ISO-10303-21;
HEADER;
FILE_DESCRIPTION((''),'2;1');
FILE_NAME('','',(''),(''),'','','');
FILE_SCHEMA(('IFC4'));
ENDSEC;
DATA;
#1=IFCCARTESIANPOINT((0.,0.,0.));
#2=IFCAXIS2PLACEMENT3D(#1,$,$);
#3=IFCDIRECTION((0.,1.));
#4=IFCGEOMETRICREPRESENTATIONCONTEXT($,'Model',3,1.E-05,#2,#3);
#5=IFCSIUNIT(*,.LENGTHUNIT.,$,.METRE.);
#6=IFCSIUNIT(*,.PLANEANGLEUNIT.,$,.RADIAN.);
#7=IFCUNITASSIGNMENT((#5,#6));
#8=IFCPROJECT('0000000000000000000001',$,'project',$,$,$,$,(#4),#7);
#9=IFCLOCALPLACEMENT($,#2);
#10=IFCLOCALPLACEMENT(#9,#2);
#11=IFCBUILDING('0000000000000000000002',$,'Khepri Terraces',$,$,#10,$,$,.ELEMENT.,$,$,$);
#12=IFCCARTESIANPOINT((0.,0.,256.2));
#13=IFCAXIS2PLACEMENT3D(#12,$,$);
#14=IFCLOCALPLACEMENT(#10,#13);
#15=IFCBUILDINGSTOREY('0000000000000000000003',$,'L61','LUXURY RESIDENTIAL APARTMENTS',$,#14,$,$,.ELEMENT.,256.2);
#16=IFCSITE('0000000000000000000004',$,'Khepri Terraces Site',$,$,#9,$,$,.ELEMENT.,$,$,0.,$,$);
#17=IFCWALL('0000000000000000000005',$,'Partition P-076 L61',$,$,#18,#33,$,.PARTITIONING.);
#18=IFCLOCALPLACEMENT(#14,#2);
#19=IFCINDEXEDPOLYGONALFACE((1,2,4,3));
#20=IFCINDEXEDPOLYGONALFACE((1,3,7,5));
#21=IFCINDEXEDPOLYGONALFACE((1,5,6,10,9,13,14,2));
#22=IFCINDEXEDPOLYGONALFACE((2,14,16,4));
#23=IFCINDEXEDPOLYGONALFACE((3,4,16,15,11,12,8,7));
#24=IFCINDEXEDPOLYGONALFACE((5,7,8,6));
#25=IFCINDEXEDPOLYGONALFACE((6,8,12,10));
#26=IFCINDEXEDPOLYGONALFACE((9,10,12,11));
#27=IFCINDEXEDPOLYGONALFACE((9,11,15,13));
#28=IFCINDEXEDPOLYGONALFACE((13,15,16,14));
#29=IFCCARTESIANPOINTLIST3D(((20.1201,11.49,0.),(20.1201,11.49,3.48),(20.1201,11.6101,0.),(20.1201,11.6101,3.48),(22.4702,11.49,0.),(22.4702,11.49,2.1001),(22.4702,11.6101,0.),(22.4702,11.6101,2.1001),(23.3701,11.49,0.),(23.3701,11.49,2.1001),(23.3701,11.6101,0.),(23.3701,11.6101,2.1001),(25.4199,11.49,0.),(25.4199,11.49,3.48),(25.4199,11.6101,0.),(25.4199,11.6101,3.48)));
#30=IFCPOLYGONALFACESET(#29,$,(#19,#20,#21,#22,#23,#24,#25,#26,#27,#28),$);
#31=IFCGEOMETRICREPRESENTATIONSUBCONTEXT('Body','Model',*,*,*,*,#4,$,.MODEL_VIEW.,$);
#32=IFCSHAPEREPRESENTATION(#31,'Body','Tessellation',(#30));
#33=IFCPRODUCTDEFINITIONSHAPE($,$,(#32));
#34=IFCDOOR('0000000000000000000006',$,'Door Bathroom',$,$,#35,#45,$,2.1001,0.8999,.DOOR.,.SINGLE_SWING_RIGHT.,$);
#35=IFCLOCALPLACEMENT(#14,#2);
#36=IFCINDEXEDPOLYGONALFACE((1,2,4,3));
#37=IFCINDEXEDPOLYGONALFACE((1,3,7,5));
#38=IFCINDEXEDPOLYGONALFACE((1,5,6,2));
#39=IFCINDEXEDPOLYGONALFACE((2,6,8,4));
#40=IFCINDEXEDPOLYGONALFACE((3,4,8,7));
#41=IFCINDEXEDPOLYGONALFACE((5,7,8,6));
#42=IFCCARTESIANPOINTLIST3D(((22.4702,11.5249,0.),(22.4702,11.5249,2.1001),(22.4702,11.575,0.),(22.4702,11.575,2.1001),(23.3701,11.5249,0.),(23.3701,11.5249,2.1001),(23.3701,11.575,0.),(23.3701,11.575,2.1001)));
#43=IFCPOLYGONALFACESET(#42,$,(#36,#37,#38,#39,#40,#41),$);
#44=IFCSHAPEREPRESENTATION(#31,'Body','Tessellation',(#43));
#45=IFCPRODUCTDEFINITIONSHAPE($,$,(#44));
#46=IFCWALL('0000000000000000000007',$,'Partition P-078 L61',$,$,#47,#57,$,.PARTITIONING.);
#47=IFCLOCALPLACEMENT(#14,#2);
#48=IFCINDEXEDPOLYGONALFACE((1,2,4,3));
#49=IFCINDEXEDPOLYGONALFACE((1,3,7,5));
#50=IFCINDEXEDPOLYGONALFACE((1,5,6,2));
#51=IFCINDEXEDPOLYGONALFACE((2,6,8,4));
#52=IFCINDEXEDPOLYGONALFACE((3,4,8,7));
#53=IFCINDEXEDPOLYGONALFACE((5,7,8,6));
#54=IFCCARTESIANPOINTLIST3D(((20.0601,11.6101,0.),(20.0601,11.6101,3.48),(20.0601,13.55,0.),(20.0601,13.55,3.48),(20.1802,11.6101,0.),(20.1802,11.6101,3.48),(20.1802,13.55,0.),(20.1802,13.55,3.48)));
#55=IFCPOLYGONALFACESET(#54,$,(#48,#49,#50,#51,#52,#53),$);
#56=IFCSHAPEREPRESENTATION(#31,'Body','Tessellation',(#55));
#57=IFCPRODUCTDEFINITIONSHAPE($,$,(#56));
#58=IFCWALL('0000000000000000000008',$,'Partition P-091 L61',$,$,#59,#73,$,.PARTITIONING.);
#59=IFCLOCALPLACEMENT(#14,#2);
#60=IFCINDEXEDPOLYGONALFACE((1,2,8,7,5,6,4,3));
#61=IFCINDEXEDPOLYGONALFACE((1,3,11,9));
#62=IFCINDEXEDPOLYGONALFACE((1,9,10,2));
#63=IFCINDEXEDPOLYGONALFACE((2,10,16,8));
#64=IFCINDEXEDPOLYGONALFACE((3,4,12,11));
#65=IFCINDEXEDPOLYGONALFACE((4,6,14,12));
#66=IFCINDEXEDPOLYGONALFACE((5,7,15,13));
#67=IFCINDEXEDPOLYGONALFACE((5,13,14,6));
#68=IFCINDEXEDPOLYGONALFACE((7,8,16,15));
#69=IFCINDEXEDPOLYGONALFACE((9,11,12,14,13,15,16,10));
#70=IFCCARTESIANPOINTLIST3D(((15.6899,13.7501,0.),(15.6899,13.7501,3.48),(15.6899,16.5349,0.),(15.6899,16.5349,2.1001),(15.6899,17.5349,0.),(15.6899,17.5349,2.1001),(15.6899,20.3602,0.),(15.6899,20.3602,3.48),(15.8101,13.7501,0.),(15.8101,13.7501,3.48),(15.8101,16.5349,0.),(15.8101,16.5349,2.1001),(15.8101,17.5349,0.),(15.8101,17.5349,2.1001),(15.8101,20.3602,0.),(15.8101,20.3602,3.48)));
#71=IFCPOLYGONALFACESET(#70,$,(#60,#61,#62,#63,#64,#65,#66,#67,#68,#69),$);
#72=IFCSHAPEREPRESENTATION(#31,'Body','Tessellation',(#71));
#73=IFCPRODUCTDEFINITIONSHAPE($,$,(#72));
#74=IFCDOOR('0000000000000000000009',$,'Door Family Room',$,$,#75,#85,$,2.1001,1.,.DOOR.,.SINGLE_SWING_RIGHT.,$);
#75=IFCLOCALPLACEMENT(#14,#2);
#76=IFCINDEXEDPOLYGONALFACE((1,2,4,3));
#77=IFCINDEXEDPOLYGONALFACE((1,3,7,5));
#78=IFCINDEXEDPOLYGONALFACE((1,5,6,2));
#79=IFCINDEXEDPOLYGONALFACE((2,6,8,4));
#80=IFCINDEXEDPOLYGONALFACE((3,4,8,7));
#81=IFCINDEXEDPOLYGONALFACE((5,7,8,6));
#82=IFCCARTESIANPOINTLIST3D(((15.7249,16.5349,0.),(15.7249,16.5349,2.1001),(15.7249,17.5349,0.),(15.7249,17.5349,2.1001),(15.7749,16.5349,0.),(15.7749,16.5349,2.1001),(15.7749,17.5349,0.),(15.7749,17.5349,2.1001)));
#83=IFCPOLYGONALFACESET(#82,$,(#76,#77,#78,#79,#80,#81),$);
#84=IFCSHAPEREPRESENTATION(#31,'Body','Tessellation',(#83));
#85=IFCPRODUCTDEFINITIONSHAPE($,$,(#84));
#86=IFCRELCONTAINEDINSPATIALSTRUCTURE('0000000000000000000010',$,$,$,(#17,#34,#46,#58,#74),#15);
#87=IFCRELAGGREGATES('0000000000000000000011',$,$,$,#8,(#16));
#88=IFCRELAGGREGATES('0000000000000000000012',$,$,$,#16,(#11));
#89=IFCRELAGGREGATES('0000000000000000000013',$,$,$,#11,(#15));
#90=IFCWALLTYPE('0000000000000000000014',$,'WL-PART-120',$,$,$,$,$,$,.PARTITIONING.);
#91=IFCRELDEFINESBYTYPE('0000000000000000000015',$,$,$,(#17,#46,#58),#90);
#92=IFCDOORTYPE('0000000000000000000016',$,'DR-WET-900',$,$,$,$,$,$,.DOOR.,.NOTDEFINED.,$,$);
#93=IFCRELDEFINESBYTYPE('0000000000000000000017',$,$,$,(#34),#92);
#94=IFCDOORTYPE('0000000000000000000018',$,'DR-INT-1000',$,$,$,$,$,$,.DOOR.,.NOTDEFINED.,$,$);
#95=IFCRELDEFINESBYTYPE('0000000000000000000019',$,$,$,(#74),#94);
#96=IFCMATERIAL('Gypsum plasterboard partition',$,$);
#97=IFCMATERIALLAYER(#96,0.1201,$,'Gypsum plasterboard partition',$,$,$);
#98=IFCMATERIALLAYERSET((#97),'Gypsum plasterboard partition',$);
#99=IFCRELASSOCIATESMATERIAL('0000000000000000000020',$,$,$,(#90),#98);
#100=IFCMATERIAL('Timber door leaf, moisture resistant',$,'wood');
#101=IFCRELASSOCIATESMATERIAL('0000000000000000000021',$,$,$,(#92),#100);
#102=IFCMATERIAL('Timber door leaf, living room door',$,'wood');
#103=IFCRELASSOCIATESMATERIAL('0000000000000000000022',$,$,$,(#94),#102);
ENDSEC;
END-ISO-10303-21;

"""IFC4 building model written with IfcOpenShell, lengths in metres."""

from ifc_helpers import new_model, si_unit, direction, frame, frame_2d, origin, place, context, subcontext, project, spatial, rectangle, extrude, material, layer, layer_set, type_object, element, fill, save


model = new_model("IFC4")

# Units and contexts
model_context = context("Model", 3, precision=1e-05, world=origin(), true_north=direction((0.0, 1.0)))
body_context = subcontext(model_context, "Body", "Model", "MODEL_VIEW")
ifc_project = project(units=[si_unit("LENGTHUNIT", "METRE"), si_unit("PLANEANGLEUNIT", "RADIAN")], contexts=[model_context])

# Site, building, storey
site_placement = place(None, origin())
site = spatial("IfcSite", under=ifc_project, at=site_placement, Name="Khepri Terraces Site", CompositionType="ELEMENT", RefElevation=0.0)
building_placement = place(site_placement, origin())
building = spatial("IfcBuilding", under=site, at=building_placement, Name="Khepri Terraces", CompositionType="ELEMENT")
storey_placement = place(building_placement, frame((0.0, 0.0, 256.2)))
storey = spatial("IfcBuildingStorey", under=building, at=storey_placement, Name="L61", Description="LUXURY RESIDENTIAL APARTMENTS", CompositionType="ELEMENT", Elevation=256.2)

# Wall, opening, door
ifc_material_1 = material(Name="Gypsum plasterboard partition")
ifc_layer_1 = layer(ifc_material_1, 0.1201, Name="Gypsum plasterboard partition")
ifc_layer_set_1 = layer_set([ifc_layer_1], Name="Gypsum plasterboard partition")
wall_type_1 = type_object("IfcWallType", Name="WL-PART-120", PredefinedType="PARTITIONING", material=ifc_layer_set_1)
wall_1_placement = place(storey_placement, frame((20.1201, 11.55, 0.0), z_axis=(0.0, 0.0, 1.0), x_axis=(1.0, 0.0, 0.0)))
wall_1 = element("IfcWall", 1, at=wall_1_placement, inside=storey, type_object=wall_type_1, Name="Partition P-076 L61", PredefinedType="PARTITIONING", context=body_context, shape_type="SweptSolid", body=[
    extrude(rectangle(XDim=5.2998, YDim=0.1201, at=frame_2d((2.6499, 0.0))), origin(), (0.0, 0.0, 1.0), 3.48),
])
opening_1_placement = place(wall_1_placement, frame((2.3501, 0.0, 0.0)))
opening_1 = element("IfcOpeningElement", 2, at=opening_1_placement, cuts=wall_1, PredefinedType="OPENING", context=body_context, shape_type="SweptSolid", body=[
    extrude(rectangle(XDim=0.8999, YDim=2.1001, at=frame_2d((0.45, 1.05))), frame((0.0, 0.0701, 0.0), z_axis=(0.0, -1.0, 0.0), x_axis=(1.0, 0.0, 0.0)), (0.0, 0.0, 1.0), 0.1401),
])
ifc_material_2 = material(Name="Timber door leaf, moisture resistant", Category="wood")
door_type_1 = type_object("IfcDoorType", Name="DR-WET-900", OperationType="NOTDEFINED", PredefinedType="DOOR", material=ifc_material_2)
door_1_placement = place(opening_1_placement, origin())
door_1 = element("IfcDoor", 3, at=door_1_placement, inside=storey, type_object=door_type_1, Name="Door Bathroom", OperationType="SINGLE_SWING_RIGHT", OverallHeight=2.1001, OverallWidth=0.8999, PredefinedType="DOOR", context=body_context, shape_type="SweptSolid", body=[
    extrude(rectangle(XDim=0.8999, YDim=2.1001, at=frame_2d((0.45, 1.05))), frame((0.0, 0.0249, 0.0), z_axis=(0.0, -1.0, 0.0), x_axis=(1.0, 0.0, 0.0)), (0.0, 0.0, 1.0), 0.05),
])
fill(opening_1, door_1)

# Wall
wall_2_placement = place(storey_placement, frame((20.1201, 11.6101, 0.0), z_axis=(0.0, 0.0, 1.0), x_axis=(0.0, 1.0, 0.0)))
element("IfcWall", 4, at=wall_2_placement, inside=storey, type_object=wall_type_1, Name="Partition P-078 L61", PredefinedType="PARTITIONING", context=body_context, shape_type="SweptSolid", body=[
    extrude(rectangle(XDim=1.9399, YDim=0.1201, at=frame_2d((0.97, 0.0))), origin(), (0.0, 0.0, 1.0), 3.48),
])

# Wall, opening, door
wall_3_placement = place(storey_placement, frame((15.75, 13.75, 0.0), z_axis=(0.0, 0.0, 1.0), x_axis=(0.0, 1.0, 0.0)))
wall_3 = element("IfcWall", 5, at=wall_3_placement, inside=storey, type_object=wall_type_1, Name="Partition P-091 L61", PredefinedType="PARTITIONING", context=body_context, shape_type="SweptSolid", body=[
    extrude(rectangle(XDim=6.6101, YDim=0.1201, at=frame_2d((3.3052, 0.0))), origin(), (0.0, 0.0, 1.0), 3.48),
])
opening_2_placement = place(wall_3_placement, frame((2.7849, 0.0, 0.0)))
opening_2 = element("IfcOpeningElement", 6, at=opening_2_placement, cuts=wall_3, PredefinedType="OPENING", context=body_context, shape_type="SweptSolid", body=[
    extrude(rectangle(XDim=1.0, YDim=2.1001, at=frame_2d((0.5, 1.05))), frame((0.0, 0.0701, 0.0), z_axis=(0.0, -1.0, 0.0), x_axis=(1.0, 0.0, 0.0)), (0.0, 0.0, 1.0), 0.1401),
])
ifc_material_3 = material(Name="Timber door leaf, living room door", Category="wood")
door_type_2 = type_object("IfcDoorType", Name="DR-INT-1000", OperationType="NOTDEFINED", PredefinedType="DOOR", material=ifc_material_3)
door_2_placement = place(opening_2_placement, frame((1.0, 0.0, 0.0), z_axis=(0.0, 0.0, 1.0), x_axis=(-1.0, 0.0, 0.0)))
door_2 = element("IfcDoor", 7, at=door_2_placement, inside=storey, type_object=door_type_2, Name="Door Family Room", OperationType="SINGLE_SWING_RIGHT", OverallHeight=2.1001, OverallWidth=1.0, PredefinedType="DOOR", context=body_context, shape_type="SweptSolid", body=[
    extrude(rectangle(XDim=1.0, YDim=2.1001, at=frame_2d((0.5, 1.05))), frame((0.0, 0.0249, 0.0), z_axis=(0.0, -1.0, 0.0), x_axis=(1.0, 0.0, 0.0)), (0.0, 0.0, 1.0), 0.05),
])
fill(opening_2, door_2)

save(model, "model.ifc")
